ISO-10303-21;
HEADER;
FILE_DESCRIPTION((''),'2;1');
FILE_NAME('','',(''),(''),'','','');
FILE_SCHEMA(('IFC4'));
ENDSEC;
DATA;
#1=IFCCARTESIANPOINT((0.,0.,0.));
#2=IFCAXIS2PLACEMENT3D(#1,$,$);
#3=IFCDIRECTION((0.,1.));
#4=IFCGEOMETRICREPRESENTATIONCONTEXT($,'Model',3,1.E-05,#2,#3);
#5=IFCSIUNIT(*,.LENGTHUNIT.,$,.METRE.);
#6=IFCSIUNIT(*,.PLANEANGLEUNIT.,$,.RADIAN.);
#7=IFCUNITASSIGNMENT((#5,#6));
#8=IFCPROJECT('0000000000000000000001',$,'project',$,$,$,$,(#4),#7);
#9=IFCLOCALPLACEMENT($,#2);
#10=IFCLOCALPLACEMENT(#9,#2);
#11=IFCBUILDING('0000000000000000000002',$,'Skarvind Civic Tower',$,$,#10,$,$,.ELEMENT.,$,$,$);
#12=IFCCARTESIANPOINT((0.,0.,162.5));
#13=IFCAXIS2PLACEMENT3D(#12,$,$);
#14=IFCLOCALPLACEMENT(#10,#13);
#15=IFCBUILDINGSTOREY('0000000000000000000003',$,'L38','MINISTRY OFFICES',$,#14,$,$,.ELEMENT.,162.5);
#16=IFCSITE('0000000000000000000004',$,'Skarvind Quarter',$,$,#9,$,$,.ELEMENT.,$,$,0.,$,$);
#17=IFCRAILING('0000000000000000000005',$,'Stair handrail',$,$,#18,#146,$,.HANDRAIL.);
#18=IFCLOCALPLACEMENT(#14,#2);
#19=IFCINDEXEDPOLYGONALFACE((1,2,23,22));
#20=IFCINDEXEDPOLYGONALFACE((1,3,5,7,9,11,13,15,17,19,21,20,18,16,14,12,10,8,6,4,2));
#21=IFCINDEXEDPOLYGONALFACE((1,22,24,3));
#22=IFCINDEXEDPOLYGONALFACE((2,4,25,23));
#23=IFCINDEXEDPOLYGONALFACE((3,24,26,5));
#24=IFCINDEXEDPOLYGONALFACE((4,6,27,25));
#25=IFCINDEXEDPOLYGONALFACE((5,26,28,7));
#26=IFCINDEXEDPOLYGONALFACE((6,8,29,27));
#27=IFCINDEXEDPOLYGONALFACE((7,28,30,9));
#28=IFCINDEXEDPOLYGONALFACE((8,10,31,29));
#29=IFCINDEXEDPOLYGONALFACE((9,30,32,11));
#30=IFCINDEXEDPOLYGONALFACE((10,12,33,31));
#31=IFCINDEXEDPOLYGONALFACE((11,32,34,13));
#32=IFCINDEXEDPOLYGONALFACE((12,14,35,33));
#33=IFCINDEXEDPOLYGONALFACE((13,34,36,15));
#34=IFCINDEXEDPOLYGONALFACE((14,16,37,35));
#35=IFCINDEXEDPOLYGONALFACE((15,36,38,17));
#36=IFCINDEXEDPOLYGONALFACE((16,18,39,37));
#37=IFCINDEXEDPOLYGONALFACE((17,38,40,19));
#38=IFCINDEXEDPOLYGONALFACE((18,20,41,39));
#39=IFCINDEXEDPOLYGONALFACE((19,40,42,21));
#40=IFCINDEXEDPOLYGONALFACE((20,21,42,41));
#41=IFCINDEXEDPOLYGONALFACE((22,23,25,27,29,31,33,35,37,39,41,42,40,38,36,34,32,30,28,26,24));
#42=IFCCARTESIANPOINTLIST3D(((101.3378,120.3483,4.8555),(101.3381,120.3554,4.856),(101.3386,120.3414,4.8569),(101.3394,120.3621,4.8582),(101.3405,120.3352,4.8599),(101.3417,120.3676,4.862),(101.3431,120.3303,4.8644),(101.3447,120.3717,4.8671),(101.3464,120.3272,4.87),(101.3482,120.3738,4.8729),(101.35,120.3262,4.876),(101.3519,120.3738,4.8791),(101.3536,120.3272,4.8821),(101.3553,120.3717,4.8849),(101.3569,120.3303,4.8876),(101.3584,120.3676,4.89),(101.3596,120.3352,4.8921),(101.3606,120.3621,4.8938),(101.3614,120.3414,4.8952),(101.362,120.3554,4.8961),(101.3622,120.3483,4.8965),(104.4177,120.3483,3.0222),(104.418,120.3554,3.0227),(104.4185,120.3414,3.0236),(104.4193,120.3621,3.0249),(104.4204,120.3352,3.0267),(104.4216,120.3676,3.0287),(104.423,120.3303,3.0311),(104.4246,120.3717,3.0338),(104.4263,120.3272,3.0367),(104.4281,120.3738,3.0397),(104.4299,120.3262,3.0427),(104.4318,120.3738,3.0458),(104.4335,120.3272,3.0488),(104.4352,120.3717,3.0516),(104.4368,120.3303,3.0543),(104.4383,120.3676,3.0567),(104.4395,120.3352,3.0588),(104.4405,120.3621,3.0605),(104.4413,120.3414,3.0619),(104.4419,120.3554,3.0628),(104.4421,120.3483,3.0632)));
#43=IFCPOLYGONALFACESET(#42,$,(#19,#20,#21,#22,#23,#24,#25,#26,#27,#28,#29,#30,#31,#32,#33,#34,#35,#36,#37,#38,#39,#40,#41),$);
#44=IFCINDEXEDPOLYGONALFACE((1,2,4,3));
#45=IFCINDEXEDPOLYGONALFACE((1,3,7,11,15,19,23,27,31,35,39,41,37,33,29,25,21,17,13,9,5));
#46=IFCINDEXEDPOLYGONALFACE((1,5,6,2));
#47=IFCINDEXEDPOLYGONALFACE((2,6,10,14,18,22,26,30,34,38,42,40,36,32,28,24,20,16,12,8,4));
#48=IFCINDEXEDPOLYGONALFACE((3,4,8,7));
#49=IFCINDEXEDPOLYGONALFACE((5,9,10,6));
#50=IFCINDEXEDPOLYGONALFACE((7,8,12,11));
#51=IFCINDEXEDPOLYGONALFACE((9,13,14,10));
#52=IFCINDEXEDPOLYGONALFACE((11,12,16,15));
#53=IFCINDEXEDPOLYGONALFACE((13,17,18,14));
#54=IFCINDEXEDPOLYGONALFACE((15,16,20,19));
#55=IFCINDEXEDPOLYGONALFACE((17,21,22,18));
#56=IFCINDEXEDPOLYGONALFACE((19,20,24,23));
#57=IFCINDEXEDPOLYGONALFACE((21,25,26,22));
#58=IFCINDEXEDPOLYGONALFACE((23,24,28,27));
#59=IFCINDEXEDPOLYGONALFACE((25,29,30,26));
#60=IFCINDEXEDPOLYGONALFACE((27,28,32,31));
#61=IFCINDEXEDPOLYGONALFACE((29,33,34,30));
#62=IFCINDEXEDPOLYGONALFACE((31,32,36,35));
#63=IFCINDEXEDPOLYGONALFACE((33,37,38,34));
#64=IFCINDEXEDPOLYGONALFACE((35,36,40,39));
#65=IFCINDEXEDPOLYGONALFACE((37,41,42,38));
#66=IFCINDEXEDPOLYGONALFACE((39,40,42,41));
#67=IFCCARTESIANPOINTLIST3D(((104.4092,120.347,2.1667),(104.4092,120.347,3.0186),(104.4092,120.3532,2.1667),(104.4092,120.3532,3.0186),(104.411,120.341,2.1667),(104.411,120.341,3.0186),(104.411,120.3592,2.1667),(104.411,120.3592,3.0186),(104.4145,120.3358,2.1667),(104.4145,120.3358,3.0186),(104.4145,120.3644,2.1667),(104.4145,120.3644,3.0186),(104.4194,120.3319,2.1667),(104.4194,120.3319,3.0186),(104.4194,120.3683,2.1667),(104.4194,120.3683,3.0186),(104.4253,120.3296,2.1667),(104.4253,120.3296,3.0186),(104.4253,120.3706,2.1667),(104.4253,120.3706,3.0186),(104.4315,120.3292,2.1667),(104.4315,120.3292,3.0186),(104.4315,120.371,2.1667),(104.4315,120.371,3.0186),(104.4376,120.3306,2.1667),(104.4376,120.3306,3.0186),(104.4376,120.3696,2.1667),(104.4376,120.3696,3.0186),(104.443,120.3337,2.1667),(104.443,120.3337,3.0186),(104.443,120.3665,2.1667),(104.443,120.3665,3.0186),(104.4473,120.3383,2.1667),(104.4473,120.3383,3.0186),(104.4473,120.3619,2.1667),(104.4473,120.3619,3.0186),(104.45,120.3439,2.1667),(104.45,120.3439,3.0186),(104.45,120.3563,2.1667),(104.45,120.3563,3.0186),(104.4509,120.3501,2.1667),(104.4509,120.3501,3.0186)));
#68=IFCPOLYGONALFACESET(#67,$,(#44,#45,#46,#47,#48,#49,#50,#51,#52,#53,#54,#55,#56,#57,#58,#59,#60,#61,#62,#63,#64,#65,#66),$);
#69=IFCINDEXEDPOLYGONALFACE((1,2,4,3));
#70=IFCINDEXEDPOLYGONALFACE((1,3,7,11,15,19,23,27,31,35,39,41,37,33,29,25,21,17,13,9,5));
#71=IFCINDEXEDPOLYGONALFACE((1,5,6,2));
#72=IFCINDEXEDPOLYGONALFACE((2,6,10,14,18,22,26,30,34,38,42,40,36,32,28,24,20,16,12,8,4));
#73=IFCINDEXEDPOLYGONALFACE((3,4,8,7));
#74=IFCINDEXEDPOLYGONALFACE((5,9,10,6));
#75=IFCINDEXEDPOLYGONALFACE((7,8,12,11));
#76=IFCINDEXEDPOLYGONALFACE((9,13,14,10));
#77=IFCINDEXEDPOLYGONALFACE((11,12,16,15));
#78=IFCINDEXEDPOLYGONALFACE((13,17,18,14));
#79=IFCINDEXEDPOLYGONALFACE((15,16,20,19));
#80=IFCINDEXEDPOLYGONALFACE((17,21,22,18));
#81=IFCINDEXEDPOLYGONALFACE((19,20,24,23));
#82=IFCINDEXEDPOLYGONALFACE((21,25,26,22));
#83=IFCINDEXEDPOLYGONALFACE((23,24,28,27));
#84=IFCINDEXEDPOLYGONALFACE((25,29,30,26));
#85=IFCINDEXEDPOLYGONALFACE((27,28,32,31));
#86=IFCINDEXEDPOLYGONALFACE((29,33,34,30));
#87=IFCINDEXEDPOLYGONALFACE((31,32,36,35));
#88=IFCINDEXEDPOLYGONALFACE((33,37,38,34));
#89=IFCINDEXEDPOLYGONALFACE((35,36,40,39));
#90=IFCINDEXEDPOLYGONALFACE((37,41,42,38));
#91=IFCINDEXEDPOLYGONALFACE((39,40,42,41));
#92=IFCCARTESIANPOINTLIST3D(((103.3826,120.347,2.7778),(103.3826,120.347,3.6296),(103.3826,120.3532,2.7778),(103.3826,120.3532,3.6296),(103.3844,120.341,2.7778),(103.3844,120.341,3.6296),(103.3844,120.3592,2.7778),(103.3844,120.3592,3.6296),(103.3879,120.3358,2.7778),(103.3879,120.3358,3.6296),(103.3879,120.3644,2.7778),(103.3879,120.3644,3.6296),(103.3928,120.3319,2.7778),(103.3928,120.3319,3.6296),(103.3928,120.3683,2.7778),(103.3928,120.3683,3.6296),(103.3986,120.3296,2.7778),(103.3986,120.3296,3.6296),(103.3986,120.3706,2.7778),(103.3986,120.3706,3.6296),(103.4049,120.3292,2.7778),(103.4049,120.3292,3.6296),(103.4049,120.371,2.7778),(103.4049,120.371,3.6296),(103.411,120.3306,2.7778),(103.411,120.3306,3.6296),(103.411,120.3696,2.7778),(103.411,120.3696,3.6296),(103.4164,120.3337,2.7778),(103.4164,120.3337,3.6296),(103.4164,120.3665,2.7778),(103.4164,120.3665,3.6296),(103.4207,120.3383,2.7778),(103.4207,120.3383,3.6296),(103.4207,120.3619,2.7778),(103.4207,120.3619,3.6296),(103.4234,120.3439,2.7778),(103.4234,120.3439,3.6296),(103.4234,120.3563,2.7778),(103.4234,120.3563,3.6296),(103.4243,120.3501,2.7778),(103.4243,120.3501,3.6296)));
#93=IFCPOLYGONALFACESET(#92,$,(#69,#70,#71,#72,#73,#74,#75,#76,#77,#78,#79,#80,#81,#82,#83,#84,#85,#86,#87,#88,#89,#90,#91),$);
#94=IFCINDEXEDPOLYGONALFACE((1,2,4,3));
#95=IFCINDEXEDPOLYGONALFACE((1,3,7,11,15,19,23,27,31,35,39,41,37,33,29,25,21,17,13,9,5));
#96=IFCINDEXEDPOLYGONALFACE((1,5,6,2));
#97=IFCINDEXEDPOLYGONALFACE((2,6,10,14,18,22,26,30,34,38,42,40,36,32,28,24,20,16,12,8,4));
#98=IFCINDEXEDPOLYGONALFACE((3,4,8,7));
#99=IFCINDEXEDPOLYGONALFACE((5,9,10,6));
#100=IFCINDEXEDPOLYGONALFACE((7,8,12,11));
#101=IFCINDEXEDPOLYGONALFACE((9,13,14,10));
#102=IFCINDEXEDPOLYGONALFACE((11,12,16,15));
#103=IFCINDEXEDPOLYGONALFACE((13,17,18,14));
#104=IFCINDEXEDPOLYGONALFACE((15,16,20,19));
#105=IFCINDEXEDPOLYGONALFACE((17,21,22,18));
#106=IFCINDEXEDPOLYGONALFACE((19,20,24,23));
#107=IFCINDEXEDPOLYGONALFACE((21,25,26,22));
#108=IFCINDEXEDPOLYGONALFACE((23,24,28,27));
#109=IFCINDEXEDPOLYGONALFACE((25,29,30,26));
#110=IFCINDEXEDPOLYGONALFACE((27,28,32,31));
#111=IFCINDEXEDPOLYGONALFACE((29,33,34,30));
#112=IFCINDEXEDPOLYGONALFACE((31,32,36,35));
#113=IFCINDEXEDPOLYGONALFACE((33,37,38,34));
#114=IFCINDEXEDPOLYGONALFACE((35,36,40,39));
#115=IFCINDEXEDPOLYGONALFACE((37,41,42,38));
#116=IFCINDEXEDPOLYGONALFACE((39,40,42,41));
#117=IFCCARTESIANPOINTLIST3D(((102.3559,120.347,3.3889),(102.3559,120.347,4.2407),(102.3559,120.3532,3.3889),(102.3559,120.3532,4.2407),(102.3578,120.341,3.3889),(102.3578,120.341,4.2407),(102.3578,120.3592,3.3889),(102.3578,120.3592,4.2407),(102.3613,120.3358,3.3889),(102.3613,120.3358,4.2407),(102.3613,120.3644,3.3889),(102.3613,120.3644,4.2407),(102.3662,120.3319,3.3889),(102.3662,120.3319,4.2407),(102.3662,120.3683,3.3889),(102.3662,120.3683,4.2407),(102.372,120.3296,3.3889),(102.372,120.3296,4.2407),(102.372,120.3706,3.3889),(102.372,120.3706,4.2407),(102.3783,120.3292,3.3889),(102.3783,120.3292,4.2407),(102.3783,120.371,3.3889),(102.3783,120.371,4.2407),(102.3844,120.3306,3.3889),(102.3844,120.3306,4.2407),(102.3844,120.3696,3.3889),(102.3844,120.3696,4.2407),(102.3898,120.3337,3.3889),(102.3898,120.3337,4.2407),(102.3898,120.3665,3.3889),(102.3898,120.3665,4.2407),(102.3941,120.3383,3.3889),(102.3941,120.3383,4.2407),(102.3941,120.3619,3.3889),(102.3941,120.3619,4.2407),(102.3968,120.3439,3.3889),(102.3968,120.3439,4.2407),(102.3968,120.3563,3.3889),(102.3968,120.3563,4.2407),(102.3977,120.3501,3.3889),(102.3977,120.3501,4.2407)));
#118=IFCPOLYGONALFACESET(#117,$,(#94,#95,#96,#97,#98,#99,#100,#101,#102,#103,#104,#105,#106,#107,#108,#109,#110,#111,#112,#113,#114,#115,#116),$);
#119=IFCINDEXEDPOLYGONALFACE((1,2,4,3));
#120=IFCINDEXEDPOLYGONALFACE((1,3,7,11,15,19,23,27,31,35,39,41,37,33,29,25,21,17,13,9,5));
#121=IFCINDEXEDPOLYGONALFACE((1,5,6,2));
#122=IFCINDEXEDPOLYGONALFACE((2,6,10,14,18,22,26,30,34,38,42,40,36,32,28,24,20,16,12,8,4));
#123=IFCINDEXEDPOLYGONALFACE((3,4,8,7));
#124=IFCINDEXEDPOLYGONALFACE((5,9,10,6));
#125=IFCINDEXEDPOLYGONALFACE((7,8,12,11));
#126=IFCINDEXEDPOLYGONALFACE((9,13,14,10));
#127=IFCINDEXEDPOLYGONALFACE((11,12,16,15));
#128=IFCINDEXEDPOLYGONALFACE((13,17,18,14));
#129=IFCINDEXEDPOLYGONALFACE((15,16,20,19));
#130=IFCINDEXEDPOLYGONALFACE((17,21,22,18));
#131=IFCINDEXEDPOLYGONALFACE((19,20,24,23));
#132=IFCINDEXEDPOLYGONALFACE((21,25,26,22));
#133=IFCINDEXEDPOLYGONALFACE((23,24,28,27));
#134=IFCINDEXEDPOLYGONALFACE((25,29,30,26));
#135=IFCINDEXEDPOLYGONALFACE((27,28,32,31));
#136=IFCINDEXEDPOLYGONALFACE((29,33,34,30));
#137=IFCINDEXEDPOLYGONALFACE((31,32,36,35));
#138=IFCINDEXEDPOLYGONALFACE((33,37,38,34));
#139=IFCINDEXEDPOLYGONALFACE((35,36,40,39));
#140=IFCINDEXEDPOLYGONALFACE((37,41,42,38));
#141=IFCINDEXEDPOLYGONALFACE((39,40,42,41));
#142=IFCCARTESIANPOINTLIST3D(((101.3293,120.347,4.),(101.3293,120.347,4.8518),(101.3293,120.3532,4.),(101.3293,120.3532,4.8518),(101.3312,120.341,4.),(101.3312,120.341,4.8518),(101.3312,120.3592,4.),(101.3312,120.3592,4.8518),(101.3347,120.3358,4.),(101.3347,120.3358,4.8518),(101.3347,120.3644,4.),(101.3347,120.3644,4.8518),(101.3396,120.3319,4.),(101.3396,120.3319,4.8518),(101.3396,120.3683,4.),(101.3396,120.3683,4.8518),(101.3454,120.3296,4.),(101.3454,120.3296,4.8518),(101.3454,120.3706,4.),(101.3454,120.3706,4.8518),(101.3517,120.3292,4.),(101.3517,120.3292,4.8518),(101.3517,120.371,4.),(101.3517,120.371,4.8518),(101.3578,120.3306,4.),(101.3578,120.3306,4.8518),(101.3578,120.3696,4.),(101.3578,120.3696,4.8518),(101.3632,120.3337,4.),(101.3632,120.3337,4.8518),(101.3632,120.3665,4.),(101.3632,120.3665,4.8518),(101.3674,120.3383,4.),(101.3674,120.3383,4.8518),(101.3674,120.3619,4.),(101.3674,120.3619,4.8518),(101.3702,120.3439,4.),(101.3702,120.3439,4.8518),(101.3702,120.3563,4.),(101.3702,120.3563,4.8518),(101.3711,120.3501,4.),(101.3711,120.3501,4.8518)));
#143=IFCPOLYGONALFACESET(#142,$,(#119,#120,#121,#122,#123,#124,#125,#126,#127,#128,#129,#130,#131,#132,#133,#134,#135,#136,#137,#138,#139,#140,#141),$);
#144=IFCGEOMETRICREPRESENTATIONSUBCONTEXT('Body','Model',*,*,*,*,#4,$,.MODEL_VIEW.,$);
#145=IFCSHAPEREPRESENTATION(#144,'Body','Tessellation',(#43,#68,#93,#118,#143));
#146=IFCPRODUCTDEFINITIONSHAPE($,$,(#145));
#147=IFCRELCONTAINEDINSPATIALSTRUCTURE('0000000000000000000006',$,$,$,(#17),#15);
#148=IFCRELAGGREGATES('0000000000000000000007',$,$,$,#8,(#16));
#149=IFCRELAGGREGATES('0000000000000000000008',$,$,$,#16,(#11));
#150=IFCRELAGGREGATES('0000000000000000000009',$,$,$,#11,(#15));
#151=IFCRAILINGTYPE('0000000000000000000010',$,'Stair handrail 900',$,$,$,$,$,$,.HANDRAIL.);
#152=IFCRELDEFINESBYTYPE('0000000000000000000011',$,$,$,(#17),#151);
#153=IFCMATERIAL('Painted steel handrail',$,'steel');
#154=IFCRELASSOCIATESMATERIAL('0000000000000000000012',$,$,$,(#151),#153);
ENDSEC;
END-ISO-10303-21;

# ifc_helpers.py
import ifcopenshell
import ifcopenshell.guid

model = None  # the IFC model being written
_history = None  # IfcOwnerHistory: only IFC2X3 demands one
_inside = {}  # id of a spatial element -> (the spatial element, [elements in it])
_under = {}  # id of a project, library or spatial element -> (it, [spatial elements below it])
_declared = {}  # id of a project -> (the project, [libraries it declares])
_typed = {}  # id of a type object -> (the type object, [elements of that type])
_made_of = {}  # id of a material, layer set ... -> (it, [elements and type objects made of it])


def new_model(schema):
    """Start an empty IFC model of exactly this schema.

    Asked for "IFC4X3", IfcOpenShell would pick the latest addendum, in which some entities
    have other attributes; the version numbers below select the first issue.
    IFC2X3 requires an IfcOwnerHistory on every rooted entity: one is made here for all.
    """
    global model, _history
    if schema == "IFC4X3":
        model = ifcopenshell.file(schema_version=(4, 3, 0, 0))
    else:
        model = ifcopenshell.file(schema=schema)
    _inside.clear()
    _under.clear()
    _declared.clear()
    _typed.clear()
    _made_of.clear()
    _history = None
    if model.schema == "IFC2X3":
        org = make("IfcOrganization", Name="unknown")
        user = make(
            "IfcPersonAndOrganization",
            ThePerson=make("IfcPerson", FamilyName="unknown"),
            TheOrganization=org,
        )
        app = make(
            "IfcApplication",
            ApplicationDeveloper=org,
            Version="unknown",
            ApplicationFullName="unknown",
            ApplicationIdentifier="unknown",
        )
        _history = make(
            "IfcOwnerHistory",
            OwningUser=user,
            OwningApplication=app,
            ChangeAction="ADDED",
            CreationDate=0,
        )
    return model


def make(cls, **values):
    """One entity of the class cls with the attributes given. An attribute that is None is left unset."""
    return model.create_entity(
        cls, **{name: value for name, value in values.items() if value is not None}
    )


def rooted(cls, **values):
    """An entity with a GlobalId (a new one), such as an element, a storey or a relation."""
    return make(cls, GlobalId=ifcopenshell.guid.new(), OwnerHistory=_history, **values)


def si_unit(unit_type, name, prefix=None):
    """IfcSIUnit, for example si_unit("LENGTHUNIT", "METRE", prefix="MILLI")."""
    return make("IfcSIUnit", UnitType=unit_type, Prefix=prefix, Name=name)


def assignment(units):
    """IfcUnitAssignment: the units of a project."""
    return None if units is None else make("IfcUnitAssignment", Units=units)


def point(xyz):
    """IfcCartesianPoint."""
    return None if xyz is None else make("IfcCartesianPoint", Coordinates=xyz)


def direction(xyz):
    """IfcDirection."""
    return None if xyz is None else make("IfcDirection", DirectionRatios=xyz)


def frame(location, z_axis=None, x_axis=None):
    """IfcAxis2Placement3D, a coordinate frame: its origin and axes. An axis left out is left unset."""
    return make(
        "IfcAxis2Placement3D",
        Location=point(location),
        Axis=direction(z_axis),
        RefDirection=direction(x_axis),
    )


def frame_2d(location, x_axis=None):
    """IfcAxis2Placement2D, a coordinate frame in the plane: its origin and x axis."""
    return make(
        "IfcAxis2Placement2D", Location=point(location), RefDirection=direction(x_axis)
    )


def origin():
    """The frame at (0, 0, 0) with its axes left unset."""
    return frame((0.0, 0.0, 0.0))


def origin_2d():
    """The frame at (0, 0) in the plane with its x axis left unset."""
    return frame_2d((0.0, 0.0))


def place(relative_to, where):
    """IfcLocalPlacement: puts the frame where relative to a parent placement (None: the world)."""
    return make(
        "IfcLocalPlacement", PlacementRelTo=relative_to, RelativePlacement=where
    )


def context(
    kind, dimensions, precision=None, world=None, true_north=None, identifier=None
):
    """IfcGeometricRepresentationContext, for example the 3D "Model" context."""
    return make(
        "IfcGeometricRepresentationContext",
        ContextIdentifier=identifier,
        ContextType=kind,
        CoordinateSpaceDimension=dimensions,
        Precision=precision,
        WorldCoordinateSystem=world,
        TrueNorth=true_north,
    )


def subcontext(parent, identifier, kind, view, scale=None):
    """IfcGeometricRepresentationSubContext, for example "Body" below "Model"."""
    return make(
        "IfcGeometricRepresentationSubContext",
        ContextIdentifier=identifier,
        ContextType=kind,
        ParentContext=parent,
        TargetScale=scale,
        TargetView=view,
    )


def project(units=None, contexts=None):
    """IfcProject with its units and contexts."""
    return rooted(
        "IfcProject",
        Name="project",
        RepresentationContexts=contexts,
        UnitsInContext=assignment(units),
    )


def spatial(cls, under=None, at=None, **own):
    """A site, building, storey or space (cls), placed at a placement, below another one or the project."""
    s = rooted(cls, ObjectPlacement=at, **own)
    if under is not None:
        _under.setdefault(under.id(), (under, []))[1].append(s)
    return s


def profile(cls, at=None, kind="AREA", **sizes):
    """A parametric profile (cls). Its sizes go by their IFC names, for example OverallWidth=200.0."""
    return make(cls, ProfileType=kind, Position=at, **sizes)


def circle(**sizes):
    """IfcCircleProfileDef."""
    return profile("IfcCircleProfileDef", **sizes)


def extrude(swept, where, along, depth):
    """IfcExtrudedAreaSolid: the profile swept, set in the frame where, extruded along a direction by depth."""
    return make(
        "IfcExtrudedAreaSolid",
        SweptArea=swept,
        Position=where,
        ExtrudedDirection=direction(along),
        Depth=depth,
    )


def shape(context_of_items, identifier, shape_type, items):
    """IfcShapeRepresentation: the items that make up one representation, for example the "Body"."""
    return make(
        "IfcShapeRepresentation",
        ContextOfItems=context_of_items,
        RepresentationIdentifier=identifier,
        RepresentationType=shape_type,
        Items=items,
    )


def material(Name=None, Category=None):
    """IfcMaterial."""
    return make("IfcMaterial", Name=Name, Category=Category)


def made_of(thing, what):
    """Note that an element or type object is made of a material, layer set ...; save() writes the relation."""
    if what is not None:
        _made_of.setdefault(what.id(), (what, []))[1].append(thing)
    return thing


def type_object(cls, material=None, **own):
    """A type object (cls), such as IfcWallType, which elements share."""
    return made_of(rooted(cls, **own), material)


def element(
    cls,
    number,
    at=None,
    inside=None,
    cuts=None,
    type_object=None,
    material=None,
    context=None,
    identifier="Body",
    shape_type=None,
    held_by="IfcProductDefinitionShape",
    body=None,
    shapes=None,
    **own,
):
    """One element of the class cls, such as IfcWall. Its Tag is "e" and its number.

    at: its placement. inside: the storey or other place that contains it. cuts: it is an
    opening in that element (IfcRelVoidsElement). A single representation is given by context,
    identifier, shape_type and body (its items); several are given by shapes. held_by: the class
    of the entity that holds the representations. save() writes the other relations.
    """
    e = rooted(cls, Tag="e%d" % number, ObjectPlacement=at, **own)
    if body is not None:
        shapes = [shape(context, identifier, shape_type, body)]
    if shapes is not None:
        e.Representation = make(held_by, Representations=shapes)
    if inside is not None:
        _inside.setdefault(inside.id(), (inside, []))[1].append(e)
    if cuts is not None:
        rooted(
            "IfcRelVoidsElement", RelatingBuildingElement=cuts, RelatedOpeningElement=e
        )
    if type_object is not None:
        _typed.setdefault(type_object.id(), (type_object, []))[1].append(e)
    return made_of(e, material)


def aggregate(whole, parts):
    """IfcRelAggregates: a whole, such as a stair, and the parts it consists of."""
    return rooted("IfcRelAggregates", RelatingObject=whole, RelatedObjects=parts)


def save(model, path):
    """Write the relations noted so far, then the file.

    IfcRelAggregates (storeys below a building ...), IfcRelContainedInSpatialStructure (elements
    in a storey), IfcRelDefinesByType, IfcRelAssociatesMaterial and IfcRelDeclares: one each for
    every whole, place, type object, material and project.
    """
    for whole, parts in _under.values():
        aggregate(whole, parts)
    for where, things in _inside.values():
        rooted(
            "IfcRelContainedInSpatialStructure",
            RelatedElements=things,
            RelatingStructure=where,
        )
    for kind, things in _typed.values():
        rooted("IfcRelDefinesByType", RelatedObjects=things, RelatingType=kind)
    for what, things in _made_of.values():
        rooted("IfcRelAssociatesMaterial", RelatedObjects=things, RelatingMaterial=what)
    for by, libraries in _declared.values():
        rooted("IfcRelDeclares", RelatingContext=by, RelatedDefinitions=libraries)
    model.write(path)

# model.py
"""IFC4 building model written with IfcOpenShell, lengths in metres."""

from ifc_helpers import new_model, si_unit, direction, frame, origin, origin_2d, place, context, subcontext, project, spatial, circle, extrude, material, type_object, element, save


model = new_model("IFC4")

# Units and contexts
model_context = context("Model", 3, precision=1e-05, world=origin(), true_north=direction((0.0, 1.0)))
body_context = subcontext(model_context, "Body", "Model", "MODEL_VIEW")
ifc_project = project(units=[si_unit("LENGTHUNIT", "METRE"), si_unit("PLANEANGLEUNIT", "RADIAN")], contexts=[model_context])

# Site, building, storey
site_placement = place(None, origin())
site = spatial("IfcSite", under=ifc_project, at=site_placement, Name="Skarvind Quarter", CompositionType="ELEMENT", RefElevation=0.0)
building_placement = place(site_placement, origin())
building = spatial("IfcBuilding", under=site, at=building_placement, Name="Skarvind Civic Tower", CompositionType="ELEMENT")
storey_placement = place(building_placement, frame((0.0, 0.0, 162.5)))
storey = spatial("IfcBuildingStorey", under=building, at=storey_placement, Name="L38", Description="MINISTRY OFFICES", CompositionType="ELEMENT", Elevation=162.5)

# Railing
ifc_material_1 = material(Name="Painted steel handrail", Category="steel")
railing_type = type_object("IfcRailingType", Name="Stair handrail 900", PredefinedType="HANDRAIL", material=ifc_material_1)
railing_1_placement = place(storey_placement, frame((104.4299, 120.3501, 2.1667)))
element("IfcRailing", 1, at=railing_1_placement, inside=storey, type_object=railing_type, Name="Stair handrail", PredefinedType="HANDRAIL", context=body_context, shape_type="SweptSolid", body=[
    extrude(circle(Radius=0.0239, at=origin_2d()), frame((0.0, 0.0, 0.876), z_axis=(-0.859291, 0.0, 0.511487), x_axis=(0.0, -1.0, 0.0)), (0.0, 0.0, 1.0), 3.5842),
    extrude(circle(Radius=0.021, at=origin_2d()), origin(), (0.0, 0.0, 1.0), 0.8518),
    extrude(circle(Radius=0.021, at=origin_2d()), frame((-1.0266, 0.0, 0.6111)), (0.0, 0.0, 1.0), 0.8518),
    extrude(circle(Radius=0.021, at=origin_2d()), frame((-2.0532, 0.0, 1.2222)), (0.0, 0.0, 1.0), 0.8518),
    extrude(circle(Radius=0.021, at=origin_2d()), frame((-3.0798, 0.0, 1.8333)), (0.0, 0.0, 1.0), 0.8518),
])

save(model, "model.ifc")
